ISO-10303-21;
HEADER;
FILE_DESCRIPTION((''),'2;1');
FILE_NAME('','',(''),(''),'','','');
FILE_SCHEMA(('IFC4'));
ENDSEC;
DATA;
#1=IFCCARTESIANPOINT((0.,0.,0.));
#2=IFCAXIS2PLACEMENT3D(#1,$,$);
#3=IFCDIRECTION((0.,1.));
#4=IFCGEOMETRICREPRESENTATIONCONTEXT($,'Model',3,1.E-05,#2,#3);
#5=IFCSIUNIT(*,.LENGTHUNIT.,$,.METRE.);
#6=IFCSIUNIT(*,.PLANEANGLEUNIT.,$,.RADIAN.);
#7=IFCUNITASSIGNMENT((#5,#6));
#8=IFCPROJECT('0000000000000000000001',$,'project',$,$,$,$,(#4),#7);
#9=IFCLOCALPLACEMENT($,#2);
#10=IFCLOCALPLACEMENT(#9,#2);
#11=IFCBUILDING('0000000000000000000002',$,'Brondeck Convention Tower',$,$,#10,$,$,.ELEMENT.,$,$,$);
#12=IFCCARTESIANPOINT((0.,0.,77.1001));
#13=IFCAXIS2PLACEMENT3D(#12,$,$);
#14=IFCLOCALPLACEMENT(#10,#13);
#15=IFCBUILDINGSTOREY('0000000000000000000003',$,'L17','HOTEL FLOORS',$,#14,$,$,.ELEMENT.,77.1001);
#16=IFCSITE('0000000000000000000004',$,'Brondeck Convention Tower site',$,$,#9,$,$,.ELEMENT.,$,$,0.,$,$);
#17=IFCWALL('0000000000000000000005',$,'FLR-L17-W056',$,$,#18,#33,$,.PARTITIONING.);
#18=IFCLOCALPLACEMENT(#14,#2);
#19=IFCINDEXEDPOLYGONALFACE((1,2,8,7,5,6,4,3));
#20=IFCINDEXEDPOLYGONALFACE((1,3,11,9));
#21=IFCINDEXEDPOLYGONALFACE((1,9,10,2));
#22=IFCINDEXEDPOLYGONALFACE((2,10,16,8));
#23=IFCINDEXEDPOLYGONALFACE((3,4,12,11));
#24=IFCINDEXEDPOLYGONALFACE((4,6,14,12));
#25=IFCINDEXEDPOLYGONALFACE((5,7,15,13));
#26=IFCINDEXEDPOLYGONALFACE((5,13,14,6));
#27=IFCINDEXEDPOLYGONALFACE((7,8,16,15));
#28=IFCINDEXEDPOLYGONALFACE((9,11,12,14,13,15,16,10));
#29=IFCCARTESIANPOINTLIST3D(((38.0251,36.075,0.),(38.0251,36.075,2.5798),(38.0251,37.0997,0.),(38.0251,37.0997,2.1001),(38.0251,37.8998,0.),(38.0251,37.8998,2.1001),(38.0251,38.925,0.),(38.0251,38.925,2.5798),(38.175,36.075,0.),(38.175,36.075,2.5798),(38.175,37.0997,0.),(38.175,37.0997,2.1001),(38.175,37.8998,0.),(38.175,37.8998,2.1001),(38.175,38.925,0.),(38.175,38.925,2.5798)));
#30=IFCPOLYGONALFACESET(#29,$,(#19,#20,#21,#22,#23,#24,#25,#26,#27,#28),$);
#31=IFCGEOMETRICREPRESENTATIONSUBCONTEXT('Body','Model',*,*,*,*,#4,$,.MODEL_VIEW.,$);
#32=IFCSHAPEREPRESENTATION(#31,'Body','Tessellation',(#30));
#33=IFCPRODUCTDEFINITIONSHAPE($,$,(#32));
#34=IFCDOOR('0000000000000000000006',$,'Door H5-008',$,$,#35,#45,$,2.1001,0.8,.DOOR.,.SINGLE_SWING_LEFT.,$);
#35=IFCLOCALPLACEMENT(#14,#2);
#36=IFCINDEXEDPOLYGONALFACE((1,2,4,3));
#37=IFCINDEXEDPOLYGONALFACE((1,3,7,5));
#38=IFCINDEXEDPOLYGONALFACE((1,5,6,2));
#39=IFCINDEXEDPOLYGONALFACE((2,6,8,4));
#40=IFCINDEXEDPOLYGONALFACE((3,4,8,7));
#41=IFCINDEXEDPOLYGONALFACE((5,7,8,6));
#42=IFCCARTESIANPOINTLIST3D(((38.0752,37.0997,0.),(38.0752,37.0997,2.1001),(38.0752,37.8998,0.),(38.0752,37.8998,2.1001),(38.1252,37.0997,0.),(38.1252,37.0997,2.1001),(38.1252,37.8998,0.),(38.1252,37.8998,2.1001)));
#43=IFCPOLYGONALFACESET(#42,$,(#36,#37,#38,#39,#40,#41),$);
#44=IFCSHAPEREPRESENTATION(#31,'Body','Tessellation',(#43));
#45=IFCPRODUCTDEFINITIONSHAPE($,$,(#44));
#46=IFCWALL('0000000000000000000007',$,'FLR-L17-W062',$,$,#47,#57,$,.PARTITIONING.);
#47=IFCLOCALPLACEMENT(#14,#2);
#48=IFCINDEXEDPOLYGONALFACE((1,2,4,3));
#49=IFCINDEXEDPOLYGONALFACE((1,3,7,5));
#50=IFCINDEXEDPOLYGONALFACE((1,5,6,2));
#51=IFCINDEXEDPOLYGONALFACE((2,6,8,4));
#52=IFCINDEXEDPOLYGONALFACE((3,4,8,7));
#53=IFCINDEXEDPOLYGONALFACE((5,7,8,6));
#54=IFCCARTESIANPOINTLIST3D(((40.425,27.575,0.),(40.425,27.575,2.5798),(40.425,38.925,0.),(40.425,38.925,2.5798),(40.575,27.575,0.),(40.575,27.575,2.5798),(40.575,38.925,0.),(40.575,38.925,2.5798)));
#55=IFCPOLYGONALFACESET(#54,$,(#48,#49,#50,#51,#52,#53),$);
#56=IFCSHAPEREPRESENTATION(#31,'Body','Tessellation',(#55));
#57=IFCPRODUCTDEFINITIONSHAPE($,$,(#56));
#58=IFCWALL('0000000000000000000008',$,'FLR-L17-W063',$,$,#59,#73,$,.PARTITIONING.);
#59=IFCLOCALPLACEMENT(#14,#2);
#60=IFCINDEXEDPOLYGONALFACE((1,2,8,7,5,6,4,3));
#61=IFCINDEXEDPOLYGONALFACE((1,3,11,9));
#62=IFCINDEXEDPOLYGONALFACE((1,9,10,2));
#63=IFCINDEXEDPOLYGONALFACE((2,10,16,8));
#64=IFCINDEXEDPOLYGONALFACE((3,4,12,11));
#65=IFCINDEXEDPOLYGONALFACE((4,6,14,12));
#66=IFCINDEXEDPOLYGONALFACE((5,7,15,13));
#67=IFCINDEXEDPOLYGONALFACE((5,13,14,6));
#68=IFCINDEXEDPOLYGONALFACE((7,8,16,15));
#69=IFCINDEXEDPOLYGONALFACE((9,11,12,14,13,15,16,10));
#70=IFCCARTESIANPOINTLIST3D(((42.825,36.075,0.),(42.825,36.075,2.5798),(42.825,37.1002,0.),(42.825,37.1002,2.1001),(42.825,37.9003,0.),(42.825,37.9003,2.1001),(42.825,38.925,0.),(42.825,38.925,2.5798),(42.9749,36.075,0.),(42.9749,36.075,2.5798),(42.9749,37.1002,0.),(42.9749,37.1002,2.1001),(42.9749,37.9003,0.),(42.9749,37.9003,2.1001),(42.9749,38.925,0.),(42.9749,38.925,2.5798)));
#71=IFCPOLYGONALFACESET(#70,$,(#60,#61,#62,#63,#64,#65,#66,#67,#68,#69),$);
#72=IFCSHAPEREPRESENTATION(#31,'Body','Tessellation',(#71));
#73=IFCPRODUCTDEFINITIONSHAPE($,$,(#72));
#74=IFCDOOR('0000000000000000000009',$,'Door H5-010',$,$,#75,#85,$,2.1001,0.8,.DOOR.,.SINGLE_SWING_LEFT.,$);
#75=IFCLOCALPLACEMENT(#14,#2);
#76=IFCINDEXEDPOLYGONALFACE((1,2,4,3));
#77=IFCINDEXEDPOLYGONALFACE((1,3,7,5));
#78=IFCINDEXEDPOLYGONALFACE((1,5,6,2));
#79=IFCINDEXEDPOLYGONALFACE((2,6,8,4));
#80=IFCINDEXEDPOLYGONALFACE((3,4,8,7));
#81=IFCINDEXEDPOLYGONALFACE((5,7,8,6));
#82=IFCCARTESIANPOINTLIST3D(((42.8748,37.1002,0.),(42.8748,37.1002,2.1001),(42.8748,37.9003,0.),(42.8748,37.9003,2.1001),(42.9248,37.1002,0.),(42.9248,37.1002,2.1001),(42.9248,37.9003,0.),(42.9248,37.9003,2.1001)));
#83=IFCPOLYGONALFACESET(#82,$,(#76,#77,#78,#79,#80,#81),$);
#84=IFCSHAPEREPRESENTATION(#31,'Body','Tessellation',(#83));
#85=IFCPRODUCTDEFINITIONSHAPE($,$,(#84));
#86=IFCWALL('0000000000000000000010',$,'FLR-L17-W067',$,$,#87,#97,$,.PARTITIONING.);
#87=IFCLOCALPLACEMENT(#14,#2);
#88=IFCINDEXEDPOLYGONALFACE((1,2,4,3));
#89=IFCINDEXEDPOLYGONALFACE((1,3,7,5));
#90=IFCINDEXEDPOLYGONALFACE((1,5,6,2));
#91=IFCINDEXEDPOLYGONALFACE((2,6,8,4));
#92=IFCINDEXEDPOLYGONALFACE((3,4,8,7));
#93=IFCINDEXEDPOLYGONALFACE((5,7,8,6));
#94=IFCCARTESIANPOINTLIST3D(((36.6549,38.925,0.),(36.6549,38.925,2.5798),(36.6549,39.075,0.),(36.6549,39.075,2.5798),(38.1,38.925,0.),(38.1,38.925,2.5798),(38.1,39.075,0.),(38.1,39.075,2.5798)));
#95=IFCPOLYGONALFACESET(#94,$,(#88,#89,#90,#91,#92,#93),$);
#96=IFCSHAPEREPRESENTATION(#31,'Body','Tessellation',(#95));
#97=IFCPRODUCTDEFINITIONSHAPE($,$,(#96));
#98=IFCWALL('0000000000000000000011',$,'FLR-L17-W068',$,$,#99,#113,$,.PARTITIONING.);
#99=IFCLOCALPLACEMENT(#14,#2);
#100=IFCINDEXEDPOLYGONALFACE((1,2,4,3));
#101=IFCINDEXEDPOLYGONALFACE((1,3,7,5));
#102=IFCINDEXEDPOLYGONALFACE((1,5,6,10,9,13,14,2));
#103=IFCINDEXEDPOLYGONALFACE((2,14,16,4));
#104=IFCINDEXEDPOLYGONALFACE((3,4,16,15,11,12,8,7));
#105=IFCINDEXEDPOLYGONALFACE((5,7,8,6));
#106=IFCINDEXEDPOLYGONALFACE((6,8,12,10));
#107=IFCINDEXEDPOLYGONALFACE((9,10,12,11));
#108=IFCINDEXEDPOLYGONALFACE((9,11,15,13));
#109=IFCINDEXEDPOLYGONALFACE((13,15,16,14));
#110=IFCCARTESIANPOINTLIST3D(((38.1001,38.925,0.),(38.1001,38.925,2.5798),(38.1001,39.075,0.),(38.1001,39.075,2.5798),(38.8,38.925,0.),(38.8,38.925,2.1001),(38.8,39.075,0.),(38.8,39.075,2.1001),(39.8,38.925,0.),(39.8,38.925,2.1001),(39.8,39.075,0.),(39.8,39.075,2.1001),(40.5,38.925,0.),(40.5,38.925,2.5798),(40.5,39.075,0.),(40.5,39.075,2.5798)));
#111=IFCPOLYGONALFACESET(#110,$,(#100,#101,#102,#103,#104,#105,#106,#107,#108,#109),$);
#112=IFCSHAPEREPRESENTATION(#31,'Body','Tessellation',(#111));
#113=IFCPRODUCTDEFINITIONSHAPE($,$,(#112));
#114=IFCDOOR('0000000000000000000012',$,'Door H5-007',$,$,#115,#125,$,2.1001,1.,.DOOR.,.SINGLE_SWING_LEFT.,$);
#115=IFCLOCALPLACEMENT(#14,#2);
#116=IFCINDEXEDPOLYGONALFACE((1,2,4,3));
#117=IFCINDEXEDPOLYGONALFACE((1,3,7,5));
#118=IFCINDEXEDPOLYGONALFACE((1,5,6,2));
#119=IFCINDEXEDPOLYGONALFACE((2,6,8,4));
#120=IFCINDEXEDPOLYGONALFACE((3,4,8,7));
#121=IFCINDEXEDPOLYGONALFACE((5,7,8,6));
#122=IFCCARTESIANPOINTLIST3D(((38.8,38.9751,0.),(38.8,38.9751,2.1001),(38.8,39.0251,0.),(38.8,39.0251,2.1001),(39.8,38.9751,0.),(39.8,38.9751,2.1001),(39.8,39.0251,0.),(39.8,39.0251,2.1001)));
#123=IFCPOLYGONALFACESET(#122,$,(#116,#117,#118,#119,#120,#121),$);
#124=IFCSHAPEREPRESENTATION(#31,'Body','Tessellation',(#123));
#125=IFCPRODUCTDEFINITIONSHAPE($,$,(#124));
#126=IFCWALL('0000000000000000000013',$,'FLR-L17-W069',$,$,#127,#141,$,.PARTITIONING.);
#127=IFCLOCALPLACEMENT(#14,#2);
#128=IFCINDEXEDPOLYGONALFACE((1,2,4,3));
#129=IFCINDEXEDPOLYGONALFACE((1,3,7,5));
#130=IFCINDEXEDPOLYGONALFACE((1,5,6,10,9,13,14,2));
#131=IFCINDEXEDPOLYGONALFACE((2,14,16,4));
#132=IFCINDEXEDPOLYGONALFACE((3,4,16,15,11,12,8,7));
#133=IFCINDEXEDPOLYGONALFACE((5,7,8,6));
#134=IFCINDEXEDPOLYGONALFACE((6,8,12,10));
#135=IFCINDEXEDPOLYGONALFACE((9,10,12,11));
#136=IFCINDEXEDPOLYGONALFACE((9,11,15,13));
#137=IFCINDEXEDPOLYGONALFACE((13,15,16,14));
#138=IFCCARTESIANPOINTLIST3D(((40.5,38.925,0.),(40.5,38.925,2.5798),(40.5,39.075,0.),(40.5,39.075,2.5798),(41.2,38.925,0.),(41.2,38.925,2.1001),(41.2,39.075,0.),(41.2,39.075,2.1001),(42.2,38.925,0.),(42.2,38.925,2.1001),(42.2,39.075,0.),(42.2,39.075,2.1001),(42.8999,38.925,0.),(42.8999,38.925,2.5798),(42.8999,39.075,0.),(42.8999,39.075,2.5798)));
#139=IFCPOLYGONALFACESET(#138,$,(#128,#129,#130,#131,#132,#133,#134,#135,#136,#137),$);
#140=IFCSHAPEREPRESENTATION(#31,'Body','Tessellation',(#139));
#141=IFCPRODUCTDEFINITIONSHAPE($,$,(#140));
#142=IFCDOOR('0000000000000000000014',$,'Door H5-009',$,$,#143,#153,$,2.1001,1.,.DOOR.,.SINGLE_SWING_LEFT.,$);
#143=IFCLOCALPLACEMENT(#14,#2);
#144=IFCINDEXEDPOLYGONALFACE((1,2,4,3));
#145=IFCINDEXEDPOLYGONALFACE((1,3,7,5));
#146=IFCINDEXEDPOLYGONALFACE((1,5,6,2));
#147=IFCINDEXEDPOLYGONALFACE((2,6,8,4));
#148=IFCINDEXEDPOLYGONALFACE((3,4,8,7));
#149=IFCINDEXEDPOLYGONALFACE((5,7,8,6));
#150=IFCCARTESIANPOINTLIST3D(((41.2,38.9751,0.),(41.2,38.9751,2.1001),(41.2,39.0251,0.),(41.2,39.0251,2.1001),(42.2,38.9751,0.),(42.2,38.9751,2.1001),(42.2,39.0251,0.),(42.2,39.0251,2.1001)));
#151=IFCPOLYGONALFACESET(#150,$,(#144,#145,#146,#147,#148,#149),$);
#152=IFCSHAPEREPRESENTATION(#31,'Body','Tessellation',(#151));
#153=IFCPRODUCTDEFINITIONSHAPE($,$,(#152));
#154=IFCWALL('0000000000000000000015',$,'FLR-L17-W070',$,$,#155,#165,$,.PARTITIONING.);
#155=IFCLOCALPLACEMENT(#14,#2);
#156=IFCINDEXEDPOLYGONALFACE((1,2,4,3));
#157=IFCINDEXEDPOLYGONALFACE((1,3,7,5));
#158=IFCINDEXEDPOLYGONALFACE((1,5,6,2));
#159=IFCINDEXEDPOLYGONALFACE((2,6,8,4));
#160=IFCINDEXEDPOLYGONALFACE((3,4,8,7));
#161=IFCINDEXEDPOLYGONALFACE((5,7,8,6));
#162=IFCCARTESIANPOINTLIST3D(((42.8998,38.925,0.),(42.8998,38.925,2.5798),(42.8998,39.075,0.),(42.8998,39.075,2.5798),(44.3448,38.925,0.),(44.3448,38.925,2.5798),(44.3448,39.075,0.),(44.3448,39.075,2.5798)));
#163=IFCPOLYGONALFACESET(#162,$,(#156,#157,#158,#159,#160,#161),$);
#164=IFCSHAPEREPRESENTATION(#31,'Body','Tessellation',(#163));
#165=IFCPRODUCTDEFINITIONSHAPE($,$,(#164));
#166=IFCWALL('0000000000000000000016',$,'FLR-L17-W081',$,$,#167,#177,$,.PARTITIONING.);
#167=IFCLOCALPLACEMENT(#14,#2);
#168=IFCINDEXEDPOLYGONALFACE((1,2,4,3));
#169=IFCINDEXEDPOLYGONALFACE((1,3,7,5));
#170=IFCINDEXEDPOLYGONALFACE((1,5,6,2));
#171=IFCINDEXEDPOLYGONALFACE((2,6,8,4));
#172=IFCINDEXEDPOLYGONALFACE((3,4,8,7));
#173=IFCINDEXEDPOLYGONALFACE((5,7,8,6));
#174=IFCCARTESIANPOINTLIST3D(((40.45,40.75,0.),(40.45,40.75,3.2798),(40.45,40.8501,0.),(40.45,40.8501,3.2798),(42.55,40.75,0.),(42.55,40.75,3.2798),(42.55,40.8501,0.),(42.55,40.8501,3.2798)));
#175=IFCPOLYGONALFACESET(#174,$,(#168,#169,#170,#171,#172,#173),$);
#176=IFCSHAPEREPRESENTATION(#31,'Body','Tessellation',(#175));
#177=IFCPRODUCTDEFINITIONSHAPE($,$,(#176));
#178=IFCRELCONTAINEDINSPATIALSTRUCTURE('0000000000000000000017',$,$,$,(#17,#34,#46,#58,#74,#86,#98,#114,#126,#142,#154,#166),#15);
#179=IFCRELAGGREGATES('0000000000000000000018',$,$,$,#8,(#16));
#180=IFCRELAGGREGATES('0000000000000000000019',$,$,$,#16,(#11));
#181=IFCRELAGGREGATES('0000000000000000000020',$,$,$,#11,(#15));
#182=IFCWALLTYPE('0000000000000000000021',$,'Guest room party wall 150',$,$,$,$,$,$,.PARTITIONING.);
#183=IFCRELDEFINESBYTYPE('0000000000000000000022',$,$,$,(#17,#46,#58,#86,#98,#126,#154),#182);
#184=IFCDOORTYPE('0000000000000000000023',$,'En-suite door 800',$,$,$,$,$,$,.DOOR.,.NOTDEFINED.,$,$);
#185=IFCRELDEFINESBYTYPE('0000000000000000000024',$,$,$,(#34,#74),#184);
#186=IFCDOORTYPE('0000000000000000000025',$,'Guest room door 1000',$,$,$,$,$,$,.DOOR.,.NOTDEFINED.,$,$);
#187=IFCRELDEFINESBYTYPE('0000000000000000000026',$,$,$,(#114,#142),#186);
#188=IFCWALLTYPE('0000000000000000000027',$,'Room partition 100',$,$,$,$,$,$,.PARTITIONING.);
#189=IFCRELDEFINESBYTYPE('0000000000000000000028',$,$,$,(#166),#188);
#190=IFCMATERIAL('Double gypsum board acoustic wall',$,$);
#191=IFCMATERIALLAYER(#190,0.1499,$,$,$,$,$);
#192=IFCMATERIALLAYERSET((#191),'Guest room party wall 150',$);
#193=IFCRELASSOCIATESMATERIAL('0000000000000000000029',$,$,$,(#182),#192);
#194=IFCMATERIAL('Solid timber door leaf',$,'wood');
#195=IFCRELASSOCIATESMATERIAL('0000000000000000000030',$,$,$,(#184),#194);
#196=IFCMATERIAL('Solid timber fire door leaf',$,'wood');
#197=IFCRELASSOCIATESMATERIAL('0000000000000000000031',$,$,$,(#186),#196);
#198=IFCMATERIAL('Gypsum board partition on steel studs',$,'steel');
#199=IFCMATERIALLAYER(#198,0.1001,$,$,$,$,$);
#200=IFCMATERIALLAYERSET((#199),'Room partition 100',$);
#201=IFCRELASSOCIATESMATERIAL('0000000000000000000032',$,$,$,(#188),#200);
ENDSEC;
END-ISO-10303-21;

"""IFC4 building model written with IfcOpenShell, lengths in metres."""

from ifc_helpers import new_model, si_unit, direction, frame, frame_2d, origin, place, context, subcontext, project, spatial, rectangle, extrude, material, layer, layer_set, type_object, element, fill, save


model = new_model("IFC4")

# Units and contexts
model_context = context("Model", 3, precision=1e-05, world=origin(), true_north=direction((0.0, 1.0)))
body_context = subcontext(model_context, "Body", "Model", "MODEL_VIEW")
ifc_project = project(units=[si_unit("LENGTHUNIT", "METRE"), si_unit("PLANEANGLEUNIT", "RADIAN")], contexts=[model_context])

# Site, building, storey
site_placement = place(None, origin())
site = spatial("IfcSite", under=ifc_project, at=site_placement, Name="Brondeck Convention Tower site", CompositionType="ELEMENT", RefElevation=0.0)
building_placement = place(site_placement, origin())
building = spatial("IfcBuilding", under=site, at=building_placement, Name="Brondeck Convention Tower", CompositionType="ELEMENT")
storey_placement = place(building_placement, frame((0.0, 0.0, 77.1001)))
storey = spatial("IfcBuildingStorey", under=building, at=storey_placement, Name="L17", Description="HOTEL FLOORS", CompositionType="ELEMENT", Elevation=77.1001)

# Shared definitions
ifc_material_1 = material(Name="Double gypsum board acoustic wall")
ifc_layer_1 = layer(ifc_material_1, 0.1499)
ifc_layer_set_1 = layer_set([ifc_layer_1], Name="Guest room party wall 150")
wall_type_1 = type_object("IfcWallType", Name="Guest room party wall 150", PredefinedType="PARTITIONING", material=ifc_layer_set_1)

# Wall, opening, door
wall_1_placement = place(storey_placement, frame((38.1001, 36.075, 0.0), z_axis=(0.0, 0.0, 1.0), x_axis=(0.0, 1.0, 0.0)))
wall_1 = element("IfcWall", 1, at=wall_1_placement, inside=storey, type_object=wall_type_1, Name="FLR-L17-W056", PredefinedType="PARTITIONING", context=body_context, shape_type="SweptSolid", body=[
    extrude(rectangle(XDim=2.8501, YDim=0.1499, at=frame_2d((1.425, 0.0))), origin(), (0.0, 0.0, 1.0), 2.5798),
])
opening_1_placement = place(wall_1_placement, frame((1.0249, 0.0, 0.0)))
opening_1 = element("IfcOpeningElement", 2, at=opening_1_placement, cuts=wall_1, PredefinedType="OPENING", context=body_context, shape_type="SweptSolid", body=[
    extrude(rectangle(XDim=0.8, YDim=2.1001, at=frame_2d((0.3999, 1.05))), frame((0.0, 0.085, 0.0), z_axis=(0.0, -1.0, 0.0), x_axis=(1.0, 0.0, 0.0)), (0.0, 0.0, 1.0), 0.1699),
])
ifc_material_2 = material(Name="Solid timber door leaf", Category="wood")
door_type_1 = type_object("IfcDoorType", Name="En-suite door 800", OperationType="NOTDEFINED", PredefinedType="DOOR", material=ifc_material_2)
door_1_placement = place(opening_1_placement, origin())
door_1 = element("IfcDoor", 3, at=door_1_placement, inside=storey, type_object=door_type_1, Name="Door H5-008", OperationType="SINGLE_SWING_LEFT", OverallHeight=2.1001, OverallWidth=0.8, PredefinedType="DOOR", context=body_context, shape_type="SweptSolid", body=[
    extrude(rectangle(XDim=0.8, YDim=2.1001, at=frame_2d((0.3999, 1.05))), frame((0.0, 0.0249, 0.0), z_axis=(0.0, -1.0, 0.0), x_axis=(1.0, 0.0, 0.0)), (0.0, 0.0, 1.0), 0.05),
])
fill(opening_1, door_1)

# Wall
wall_2_placement = place(storey_placement, frame((40.5, 38.925, 0.0), z_axis=(0.0, 0.0, 1.0), x_axis=(0.0, -1.0, 0.0)))
element("IfcWall", 4, at=wall_2_placement, inside=storey, type_object=wall_type_1, Name="FLR-L17-W062", PredefinedType="PARTITIONING", context=body_context, shape_type="SweptSolid", body=[
    extrude(rectangle(XDim=11.3501, YDim=0.1499, at=frame_2d((5.675, 0.0))), origin(), (0.0, 0.0, 1.0), 2.5798),
])

# Wall, opening, door
wall_3_placement = place(storey_placement, frame((42.8999, 38.925, 0.0), z_axis=(0.0, 0.0, 1.0), x_axis=(0.0, -1.0, 0.0)))
wall_3 = element("IfcWall", 5, at=wall_3_placement, inside=storey, type_object=wall_type_1, Name="FLR-L17-W063", PredefinedType="PARTITIONING", context=body_context, shape_type="SweptSolid", body=[
    extrude(rectangle(XDim=2.8501, YDim=0.1499, at=frame_2d((1.425, 0.0))), origin(), (0.0, 0.0, 1.0), 2.5798),
])
opening_2_placement = place(wall_3_placement, frame((1.0249, 0.0, 0.0)))
opening_2 = element("IfcOpeningElement", 6, at=opening_2_placement, cuts=wall_3, PredefinedType="OPENING", context=body_context, shape_type="SweptSolid", body=[
    extrude(rectangle(XDim=0.8, YDim=2.1001, at=frame_2d((0.3999, 1.05))), frame((0.0, 0.085, 0.0), z_axis=(0.0, -1.0, 0.0), x_axis=(1.0, 0.0, 0.0)), (0.0, 0.0, 1.0), 0.1699),
])
door_2_placement = place(opening_2_placement, origin())
door_2 = element("IfcDoor", 7, at=door_2_placement, inside=storey, type_object=door_type_1, Name="Door H5-010", OperationType="SINGLE_SWING_LEFT", OverallHeight=2.1001, OverallWidth=0.8, PredefinedType="DOOR", context=body_context, shape_type="SweptSolid", body=[
    extrude(rectangle(XDim=0.8, YDim=2.1001, at=frame_2d((0.3999, 1.05))), frame((0.0, 0.0249, 0.0), z_axis=(0.0, -1.0, 0.0), x_axis=(1.0, 0.0, 0.0)), (0.0, 0.0, 1.0), 0.05),
])
fill(opening_2, door_2)

# Wall
wall_4_placement = place(storey_placement, frame((38.1001, 39.0, 0.0), z_axis=(0.0, 0.0, 1.0), x_axis=(-1.0, 0.0, 0.0)))
element("IfcWall", 8, at=wall_4_placement, inside=storey, type_object=wall_type_1, Name="FLR-L17-W067", PredefinedType="PARTITIONING", context=body_context, shape_type="SweptSolid", body=[
    extrude(rectangle(XDim=1.4451, YDim=0.1499, at=frame_2d((0.7227, 0.0))), origin(), (0.0, 0.0, 1.0), 2.5798),
])

# Walls, openings, doors
wall_5_placement = place(storey_placement, frame((40.5, 39.0, 0.0), z_axis=(0.0, 0.0, 1.0), x_axis=(-1.0, 0.0, 0.0)))
wall_5 = element("IfcWall", 9, at=wall_5_placement, inside=storey, type_object=wall_type_1, Name="FLR-L17-W068", PredefinedType="PARTITIONING", context=body_context, shape_type="SweptSolid", body=[
    extrude(rectangle(XDim=2.3999, YDim=0.1499, at=frame_2d((1.2, 0.0))), origin(), (0.0, 0.0, 1.0), 2.5798),
])
opening_3_placement = place(wall_5_placement, frame((0.7, 0.0, 0.0)))
opening_3 = element("IfcOpeningElement", 10, at=opening_3_placement, cuts=wall_5, PredefinedType="OPENING", context=body_context, shape_type="SweptSolid", body=[
    extrude(rectangle(XDim=1.0, YDim=2.1001, at=frame_2d((0.5, 1.05))), frame((0.0, 0.085, 0.0), z_axis=(0.0, -1.0, 0.0), x_axis=(1.0, 0.0, 0.0)), (0.0, 0.0, 1.0), 0.1699),
])
ifc_material_3 = material(Name="Solid timber fire door leaf", Category="wood")
door_type_2 = type_object("IfcDoorType", Name="Guest room door 1000", OperationType="NOTDEFINED", PredefinedType="DOOR", material=ifc_material_3)
door_3_placement = place(opening_3_placement, origin())
door_3 = element("IfcDoor", 11, at=door_3_placement, inside=storey, type_object=door_type_2, Name="Door H5-007", OperationType="SINGLE_SWING_LEFT", OverallHeight=2.1001, OverallWidth=1.0, PredefinedType="DOOR", context=body_context, shape_type="SweptSolid", body=[
    extrude(rectangle(XDim=1.0, YDim=2.1001, at=frame_2d((0.5, 1.05))), frame((0.0, 0.0249, 0.0), z_axis=(0.0, -1.0, 0.0), x_axis=(1.0, 0.0, 0.0)), (0.0, 0.0, 1.0), 0.05),
])
fill(opening_3, door_3)
wall_6_placement = place(storey_placement, frame((42.8999, 39.0, 0.0), z_axis=(0.0, 0.0, 1.0), x_axis=(-1.0, 0.0, 0.0)))
wall_6 = element("IfcWall", 12, at=wall_6_placement, inside=storey, type_object=wall_type_1, Name="FLR-L17-W069", PredefinedType="PARTITIONING", context=body_context, shape_type="SweptSolid", body=[
    extrude(rectangle(XDim=2.3999, YDim=0.1499, at=frame_2d((1.2, 0.0))), origin(), (0.0, 0.0, 1.0), 2.5798),
])
opening_4_placement = place(wall_6_placement, frame((0.7, 0.0, 0.0)))
opening_4 = element("IfcOpeningElement", 13, at=opening_4_placement, cuts=wall_6, PredefinedType="OPENING", context=body_context, shape_type="SweptSolid", body=[
    extrude(rectangle(XDim=1.0, YDim=2.1001, at=frame_2d((0.5, 1.05))), frame((0.0, 0.085, 0.0), z_axis=(0.0, -1.0, 0.0), x_axis=(1.0, 0.0, 0.0)), (0.0, 0.0, 1.0), 0.1699),
])
door_4_placement = place(opening_4_placement, origin())
door_4 = element("IfcDoor", 14, at=door_4_placement, inside=storey, type_object=door_type_2, Name="Door H5-009", OperationType="SINGLE_SWING_LEFT", OverallHeight=2.1001, OverallWidth=1.0, PredefinedType="DOOR", context=body_context, shape_type="SweptSolid", body=[
    extrude(rectangle(XDim=1.0, YDim=2.1001, at=frame_2d((0.5, 1.05))), frame((0.0, 0.0249, 0.0), z_axis=(0.0, -1.0, 0.0), x_axis=(1.0, 0.0, 0.0)), (0.0, 0.0, 1.0), 0.05),
])
fill(opening_4, door_4)

# Walls
wall_7_placement = place(storey_placement, frame((44.345, 39.0, 0.0), z_axis=(0.0, 0.0, 1.0), x_axis=(-1.0, 0.0, 0.0)))
element("IfcWall", 15, at=wall_7_placement, inside=storey, type_object=wall_type_1, Name="FLR-L17-W070", PredefinedType="PARTITIONING", context=body_context, shape_type="SweptSolid", body=[
    extrude(rectangle(XDim=1.4451, YDim=0.1499, at=frame_2d((0.7227, 0.0))), origin(), (0.0, 0.0, 1.0), 2.5798),
])
ifc_material_4 = material(Name="Gypsum board partition on steel studs", Category="steel")
ifc_layer_2 = layer(ifc_material_4, 0.1001)
ifc_layer_set_2 = layer_set([ifc_layer_2], Name="Room partition 100")
wall_type_2 = type_object("IfcWallType", Name="Room partition 100", PredefinedType="PARTITIONING", material=ifc_layer_set_2)
wall_8_placement = place(storey_placement, frame((40.45, 40.8, 0.0), z_axis=(0.0, 0.0, 1.0), x_axis=(1.0, 0.0, 0.0)))
element("IfcWall", 16, at=wall_8_placement, inside=storey, type_object=wall_type_2, Name="FLR-L17-W081", PredefinedType="PARTITIONING", context=body_context, shape_type="SweptSolid", body=[
    extrude(rectangle(XDim=2.1001, YDim=0.1001, at=frame_2d((1.05, 0.0))), origin(), (0.0, 0.0, 1.0), 3.2798),
])

save(model, "model.ifc")
